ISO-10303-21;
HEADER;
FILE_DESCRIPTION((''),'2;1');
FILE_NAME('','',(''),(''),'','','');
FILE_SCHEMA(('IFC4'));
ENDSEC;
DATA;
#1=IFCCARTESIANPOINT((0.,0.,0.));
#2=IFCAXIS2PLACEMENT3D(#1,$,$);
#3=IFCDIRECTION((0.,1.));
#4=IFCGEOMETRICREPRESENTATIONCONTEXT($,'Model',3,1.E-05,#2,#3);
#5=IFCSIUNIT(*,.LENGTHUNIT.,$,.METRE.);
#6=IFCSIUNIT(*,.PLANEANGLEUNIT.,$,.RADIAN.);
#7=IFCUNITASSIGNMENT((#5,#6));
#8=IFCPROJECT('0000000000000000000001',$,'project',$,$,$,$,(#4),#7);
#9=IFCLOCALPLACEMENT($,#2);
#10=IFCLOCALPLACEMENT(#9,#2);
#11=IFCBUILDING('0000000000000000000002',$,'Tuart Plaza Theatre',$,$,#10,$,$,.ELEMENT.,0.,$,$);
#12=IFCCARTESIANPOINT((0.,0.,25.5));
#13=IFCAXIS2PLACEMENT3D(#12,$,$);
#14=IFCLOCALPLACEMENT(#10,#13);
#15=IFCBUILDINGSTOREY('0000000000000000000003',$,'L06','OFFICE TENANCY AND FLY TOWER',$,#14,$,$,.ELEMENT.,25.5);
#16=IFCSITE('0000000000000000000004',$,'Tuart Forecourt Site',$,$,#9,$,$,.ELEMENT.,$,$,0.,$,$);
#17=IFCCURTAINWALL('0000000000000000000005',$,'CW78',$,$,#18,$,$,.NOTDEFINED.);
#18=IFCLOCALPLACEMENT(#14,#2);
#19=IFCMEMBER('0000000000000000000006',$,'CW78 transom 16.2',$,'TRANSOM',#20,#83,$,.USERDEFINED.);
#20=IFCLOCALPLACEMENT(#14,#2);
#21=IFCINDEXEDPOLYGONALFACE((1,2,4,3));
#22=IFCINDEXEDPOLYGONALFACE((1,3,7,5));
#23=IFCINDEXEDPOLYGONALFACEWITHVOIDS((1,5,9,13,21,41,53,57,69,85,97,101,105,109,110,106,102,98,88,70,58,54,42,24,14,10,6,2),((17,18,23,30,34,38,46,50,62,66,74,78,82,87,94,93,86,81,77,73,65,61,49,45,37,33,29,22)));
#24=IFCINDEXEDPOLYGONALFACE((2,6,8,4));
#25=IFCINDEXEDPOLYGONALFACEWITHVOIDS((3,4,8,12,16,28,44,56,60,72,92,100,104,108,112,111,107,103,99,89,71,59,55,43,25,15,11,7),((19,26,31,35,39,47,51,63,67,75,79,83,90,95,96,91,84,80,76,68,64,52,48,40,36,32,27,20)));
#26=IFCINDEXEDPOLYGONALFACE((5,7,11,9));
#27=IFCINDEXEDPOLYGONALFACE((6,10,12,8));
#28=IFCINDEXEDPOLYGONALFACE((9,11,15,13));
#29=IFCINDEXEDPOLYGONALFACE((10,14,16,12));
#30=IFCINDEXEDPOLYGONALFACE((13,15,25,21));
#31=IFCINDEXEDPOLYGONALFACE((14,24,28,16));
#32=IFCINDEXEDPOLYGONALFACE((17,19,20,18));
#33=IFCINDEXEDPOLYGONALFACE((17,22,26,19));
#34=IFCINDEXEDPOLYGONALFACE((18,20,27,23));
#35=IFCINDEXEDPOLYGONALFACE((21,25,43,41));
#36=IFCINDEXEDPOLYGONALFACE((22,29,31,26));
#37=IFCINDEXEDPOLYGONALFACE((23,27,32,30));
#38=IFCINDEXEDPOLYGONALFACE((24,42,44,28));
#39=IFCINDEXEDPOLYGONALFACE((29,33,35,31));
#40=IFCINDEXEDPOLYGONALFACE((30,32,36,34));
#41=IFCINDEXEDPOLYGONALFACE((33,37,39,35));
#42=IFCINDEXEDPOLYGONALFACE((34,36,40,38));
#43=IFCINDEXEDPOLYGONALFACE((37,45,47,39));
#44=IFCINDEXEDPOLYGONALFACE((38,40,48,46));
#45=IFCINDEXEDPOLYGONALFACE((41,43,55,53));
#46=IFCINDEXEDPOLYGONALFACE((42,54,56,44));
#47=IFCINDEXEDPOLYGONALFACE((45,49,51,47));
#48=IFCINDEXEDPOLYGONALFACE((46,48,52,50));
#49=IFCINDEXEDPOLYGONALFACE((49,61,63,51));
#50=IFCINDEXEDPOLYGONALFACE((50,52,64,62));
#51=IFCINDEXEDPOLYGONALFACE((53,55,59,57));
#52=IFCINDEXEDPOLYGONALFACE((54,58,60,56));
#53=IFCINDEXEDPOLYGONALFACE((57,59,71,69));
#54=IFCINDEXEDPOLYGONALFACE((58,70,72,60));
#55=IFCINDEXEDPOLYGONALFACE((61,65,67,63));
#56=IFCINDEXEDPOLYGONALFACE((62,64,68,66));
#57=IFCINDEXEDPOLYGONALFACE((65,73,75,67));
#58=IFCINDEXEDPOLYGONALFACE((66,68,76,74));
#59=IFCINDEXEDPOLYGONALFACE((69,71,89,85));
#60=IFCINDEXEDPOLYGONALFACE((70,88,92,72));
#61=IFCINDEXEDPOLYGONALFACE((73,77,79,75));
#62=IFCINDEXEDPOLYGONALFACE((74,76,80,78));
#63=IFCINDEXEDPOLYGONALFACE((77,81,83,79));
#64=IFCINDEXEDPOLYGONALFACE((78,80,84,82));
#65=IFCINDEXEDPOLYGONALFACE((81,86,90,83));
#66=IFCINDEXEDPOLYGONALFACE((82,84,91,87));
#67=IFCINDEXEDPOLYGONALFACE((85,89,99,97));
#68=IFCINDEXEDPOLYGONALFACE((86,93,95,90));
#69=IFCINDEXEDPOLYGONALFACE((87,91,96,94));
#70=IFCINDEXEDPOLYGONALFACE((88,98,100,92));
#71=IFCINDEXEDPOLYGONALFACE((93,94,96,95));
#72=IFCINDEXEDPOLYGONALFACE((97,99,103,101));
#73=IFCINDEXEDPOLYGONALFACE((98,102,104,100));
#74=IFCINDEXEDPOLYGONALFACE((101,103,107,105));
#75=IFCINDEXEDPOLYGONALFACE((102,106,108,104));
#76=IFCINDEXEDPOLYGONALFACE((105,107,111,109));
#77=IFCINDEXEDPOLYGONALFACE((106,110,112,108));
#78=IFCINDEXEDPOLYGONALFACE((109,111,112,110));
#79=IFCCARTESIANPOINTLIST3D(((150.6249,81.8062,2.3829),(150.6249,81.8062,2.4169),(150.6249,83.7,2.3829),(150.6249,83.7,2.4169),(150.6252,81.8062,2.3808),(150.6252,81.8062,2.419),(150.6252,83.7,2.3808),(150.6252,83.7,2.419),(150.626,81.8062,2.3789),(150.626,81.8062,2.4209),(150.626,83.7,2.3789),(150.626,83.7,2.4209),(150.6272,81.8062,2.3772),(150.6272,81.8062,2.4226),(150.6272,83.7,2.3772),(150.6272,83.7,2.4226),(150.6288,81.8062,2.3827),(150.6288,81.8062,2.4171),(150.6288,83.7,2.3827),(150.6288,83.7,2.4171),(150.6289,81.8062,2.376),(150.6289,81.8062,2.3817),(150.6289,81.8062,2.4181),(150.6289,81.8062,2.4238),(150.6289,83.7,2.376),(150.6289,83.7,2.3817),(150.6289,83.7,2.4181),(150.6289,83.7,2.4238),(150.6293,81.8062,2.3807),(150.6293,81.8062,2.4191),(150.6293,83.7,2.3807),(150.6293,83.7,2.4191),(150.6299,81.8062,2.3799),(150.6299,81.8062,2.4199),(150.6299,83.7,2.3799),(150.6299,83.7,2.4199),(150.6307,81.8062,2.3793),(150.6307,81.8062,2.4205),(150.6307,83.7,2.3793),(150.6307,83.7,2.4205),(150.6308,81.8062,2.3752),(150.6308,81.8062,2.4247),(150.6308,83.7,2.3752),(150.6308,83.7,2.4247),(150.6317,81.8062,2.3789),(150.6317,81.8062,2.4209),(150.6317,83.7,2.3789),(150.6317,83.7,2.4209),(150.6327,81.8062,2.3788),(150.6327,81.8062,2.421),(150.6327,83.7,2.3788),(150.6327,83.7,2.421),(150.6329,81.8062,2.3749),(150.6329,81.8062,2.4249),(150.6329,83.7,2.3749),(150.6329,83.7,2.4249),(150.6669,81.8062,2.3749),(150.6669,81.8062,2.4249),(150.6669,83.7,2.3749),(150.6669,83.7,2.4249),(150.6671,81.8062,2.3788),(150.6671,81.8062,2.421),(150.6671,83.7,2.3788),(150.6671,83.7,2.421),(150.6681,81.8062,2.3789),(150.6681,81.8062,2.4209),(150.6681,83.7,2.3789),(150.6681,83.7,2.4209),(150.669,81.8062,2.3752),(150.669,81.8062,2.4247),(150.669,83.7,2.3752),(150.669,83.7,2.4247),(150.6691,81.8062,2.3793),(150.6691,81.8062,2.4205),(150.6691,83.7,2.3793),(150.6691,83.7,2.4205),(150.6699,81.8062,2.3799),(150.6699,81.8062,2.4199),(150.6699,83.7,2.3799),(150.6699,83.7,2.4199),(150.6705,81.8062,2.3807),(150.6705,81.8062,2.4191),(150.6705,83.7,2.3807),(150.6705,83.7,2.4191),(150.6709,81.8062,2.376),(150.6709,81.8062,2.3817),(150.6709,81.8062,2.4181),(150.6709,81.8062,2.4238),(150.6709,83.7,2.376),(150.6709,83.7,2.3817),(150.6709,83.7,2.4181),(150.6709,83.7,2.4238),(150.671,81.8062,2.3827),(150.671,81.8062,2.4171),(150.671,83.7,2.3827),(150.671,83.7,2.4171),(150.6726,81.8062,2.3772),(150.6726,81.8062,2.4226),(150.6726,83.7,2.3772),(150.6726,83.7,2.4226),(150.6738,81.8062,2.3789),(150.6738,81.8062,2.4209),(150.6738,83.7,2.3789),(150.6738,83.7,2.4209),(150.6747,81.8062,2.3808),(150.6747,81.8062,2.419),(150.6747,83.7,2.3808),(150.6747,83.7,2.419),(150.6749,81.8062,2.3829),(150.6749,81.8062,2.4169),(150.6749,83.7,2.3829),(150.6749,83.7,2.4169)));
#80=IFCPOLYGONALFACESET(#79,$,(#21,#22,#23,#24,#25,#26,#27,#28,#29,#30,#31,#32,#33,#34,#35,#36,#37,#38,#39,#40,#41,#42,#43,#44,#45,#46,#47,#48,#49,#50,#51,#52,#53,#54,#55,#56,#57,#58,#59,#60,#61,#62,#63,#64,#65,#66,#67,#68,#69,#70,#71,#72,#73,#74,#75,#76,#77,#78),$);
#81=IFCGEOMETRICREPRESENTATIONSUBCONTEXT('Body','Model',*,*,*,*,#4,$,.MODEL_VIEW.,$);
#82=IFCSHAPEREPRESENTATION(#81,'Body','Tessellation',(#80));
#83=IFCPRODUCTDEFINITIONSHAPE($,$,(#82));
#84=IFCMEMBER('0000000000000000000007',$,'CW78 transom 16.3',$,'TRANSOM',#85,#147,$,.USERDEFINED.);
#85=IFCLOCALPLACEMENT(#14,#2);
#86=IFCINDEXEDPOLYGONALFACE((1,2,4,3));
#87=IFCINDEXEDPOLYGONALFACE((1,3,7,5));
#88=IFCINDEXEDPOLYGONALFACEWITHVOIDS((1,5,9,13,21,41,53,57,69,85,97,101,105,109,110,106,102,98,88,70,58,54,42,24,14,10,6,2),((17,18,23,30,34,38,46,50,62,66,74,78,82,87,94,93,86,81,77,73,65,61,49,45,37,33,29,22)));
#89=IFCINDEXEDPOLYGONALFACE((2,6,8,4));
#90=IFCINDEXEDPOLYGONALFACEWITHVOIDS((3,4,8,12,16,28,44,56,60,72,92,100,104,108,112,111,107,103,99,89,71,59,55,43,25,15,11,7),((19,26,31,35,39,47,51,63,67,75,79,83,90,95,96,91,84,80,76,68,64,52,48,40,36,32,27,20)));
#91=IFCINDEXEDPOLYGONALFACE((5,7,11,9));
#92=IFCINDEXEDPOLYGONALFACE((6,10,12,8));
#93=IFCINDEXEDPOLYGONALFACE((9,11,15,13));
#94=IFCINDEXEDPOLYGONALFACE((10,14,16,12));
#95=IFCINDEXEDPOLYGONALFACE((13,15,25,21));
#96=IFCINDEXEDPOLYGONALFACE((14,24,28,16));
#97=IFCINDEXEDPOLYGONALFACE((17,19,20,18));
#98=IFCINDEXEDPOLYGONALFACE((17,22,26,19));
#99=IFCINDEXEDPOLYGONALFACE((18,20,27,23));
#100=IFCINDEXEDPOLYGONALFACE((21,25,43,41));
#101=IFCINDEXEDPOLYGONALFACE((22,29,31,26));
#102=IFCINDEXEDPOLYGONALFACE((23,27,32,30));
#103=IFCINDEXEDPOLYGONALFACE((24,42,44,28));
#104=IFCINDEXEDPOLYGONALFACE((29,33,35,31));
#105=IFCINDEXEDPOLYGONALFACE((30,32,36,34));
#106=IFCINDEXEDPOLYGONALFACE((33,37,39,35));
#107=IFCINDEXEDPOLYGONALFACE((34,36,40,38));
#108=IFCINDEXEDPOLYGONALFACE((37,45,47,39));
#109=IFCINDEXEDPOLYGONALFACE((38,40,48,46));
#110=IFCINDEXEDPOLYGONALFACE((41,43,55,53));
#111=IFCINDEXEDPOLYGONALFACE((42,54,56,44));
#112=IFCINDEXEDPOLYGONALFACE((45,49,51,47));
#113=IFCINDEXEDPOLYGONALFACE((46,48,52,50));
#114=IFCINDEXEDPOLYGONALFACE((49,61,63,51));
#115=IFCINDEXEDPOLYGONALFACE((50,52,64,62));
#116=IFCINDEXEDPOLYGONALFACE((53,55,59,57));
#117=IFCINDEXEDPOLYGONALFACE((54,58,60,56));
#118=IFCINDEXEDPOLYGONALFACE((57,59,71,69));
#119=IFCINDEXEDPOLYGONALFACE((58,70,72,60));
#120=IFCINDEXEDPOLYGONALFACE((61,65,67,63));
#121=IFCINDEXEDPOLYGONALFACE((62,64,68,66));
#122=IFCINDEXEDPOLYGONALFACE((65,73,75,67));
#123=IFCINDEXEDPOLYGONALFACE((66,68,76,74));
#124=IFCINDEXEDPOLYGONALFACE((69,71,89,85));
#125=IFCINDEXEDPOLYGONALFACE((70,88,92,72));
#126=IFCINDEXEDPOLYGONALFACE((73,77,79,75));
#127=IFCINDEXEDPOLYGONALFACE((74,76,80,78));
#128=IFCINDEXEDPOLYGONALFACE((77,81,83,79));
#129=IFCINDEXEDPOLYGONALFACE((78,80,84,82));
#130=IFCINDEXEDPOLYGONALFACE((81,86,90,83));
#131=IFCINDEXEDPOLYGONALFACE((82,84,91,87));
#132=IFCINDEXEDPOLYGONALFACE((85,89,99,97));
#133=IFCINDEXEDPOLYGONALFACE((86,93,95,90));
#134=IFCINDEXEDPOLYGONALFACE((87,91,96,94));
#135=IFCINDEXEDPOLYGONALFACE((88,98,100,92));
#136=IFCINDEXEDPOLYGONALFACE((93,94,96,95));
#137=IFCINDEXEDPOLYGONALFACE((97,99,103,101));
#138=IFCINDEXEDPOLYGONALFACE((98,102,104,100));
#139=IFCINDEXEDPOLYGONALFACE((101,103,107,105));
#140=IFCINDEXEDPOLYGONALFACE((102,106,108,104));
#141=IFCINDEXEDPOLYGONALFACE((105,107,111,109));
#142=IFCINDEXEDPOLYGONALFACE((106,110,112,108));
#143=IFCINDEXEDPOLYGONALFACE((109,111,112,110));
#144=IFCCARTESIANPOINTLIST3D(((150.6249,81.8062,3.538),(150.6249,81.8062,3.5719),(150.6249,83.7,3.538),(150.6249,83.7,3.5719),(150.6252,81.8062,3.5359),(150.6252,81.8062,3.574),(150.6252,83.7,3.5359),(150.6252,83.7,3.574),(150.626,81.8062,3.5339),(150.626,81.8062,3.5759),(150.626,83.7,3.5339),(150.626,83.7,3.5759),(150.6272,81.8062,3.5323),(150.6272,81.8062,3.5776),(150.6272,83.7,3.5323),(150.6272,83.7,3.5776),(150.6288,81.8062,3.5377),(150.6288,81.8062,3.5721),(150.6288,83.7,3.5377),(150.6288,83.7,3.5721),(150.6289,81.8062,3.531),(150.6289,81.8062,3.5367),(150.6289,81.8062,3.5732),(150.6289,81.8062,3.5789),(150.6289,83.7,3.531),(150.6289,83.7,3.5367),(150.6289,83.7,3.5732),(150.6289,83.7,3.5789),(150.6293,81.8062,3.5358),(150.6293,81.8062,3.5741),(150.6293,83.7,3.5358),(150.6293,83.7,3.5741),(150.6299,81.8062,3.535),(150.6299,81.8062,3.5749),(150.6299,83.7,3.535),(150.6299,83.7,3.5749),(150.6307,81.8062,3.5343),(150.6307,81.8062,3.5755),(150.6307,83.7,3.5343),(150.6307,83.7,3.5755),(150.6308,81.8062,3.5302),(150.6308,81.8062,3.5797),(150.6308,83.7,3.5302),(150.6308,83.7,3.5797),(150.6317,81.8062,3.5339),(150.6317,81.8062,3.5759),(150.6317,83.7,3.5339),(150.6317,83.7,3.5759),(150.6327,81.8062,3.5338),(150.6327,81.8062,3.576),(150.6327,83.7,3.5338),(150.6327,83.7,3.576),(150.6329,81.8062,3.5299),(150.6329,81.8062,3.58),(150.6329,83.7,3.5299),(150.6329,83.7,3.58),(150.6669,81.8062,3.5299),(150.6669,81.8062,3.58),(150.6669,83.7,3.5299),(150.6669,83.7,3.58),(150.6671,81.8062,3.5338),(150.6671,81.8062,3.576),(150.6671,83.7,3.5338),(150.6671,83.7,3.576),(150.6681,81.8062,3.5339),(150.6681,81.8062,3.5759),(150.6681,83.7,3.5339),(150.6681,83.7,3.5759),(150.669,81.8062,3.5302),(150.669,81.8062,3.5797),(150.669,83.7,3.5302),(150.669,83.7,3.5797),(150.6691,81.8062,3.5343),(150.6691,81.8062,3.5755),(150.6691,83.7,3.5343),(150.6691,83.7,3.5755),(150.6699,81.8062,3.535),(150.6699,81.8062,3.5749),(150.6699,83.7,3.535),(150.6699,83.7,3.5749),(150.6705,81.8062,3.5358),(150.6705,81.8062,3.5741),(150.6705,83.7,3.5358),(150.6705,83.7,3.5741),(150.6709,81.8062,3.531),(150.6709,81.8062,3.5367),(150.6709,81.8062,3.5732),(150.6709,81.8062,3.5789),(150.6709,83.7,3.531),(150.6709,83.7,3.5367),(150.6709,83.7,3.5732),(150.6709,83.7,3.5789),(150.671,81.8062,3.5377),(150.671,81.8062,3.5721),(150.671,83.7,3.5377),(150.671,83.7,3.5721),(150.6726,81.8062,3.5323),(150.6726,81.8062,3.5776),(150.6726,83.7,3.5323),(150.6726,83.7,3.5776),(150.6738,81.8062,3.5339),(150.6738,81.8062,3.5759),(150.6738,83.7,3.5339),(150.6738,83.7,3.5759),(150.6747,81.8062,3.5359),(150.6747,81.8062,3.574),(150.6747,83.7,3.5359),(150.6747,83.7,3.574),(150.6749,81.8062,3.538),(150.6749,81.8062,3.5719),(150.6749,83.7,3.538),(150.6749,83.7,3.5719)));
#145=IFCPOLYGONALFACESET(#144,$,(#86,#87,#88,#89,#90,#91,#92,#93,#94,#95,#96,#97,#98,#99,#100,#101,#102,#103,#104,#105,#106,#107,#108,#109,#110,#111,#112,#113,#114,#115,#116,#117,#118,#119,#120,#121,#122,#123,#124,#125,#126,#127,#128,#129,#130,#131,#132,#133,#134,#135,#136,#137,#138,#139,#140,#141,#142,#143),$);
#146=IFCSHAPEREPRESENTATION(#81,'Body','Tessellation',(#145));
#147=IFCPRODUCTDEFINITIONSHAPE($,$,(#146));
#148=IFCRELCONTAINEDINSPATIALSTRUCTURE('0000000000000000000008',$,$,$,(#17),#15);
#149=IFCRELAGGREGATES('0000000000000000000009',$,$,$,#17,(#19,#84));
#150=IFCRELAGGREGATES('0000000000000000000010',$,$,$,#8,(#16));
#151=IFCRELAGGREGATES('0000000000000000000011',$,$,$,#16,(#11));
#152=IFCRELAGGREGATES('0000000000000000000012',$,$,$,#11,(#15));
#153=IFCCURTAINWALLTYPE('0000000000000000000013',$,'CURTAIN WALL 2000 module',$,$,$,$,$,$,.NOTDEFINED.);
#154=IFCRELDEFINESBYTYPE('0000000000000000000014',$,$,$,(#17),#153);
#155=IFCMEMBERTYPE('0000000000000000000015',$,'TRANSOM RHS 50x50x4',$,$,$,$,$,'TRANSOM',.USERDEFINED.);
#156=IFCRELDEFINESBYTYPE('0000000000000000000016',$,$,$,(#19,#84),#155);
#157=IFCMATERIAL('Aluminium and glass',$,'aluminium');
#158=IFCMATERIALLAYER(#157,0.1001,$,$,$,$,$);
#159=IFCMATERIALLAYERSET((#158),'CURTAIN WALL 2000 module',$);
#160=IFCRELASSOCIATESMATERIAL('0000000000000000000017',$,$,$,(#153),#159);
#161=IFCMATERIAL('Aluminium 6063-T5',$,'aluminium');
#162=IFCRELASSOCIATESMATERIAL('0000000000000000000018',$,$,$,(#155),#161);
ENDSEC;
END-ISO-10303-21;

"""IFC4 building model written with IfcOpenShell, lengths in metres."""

from ifc_helpers import new_model, si_unit, direction, frame, origin, origin_2d, place, context, subcontext, project, spatial, hollow_rectangle, extrude, material, layer, layer_set, material_profile, profile_set, type_object, element, aggregate, save


model = new_model("IFC4")

# Units and contexts
model_context = context("Model", 3, precision=1e-05, world=origin(), true_north=direction((0.0, 1.0)))
body_context = subcontext(model_context, "Body", "Model", "MODEL_VIEW")
ifc_project = project(units=[si_unit("LENGTHUNIT", "METRE"), si_unit("PLANEANGLEUNIT", "RADIAN")], contexts=[model_context])

# Site, building, storey
site_placement = place(None, origin())
site = spatial("IfcSite", under=ifc_project, at=site_placement, Name="Tuart Forecourt Site", CompositionType="ELEMENT", RefElevation=0.0)
building_placement = place(site_placement, origin())
building = spatial("IfcBuilding", under=site, at=building_placement, Name="Tuart Plaza Theatre", CompositionType="ELEMENT", ElevationOfRefHeight=0.0)
storey_placement = place(building_placement, frame((0.0, 0.0, 25.5)))
storey = spatial("IfcBuildingStorey", under=building, at=storey_placement, Name="L06", Description="OFFICE TENANCY AND FLY TOWER", CompositionType="ELEMENT", Elevation=25.5)

# Curtain wall
ifc_material_1 = material(Name="Aluminium and glass", Category="aluminium")
ifc_layer_1 = layer(ifc_material_1, 0.1001)
ifc_layer_set_1 = layer_set([ifc_layer_1], Name="CURTAIN WALL 2000 module")
curtain_wall_type = type_object("IfcCurtainWallType", Name="CURTAIN WALL 2000 module", PredefinedType="NOTDEFINED", material=ifc_layer_set_1)
curtain_wall_1_placement = place(storey_placement, origin())
curtain_wall_1 = element("IfcCurtainWall", 1, at=curtain_wall_1_placement, inside=storey, type_object=curtain_wall_type, Name="CW78", PredefinedType="NOTDEFINED")

# Members
ifc_material_2 = material(Name="Aluminium 6063-T5", Category="aluminium")
ifc_material_profile_1 = material_profile(ifc_material_2, hollow_rectangle(XDim=0.05, YDim=0.05, WallThickness=0.0039, InnerFilletRadius=0.0039, OuterFilletRadius=0.0081, at=origin_2d()), Name="RHS 50x50x4")
ifc_profile_set_1 = profile_set([ifc_material_profile_1], Name="Aluminium 6063-T5")
member_type_1 = type_object("IfcMemberType", Name="TRANSOM RHS 50x50x4", ElementType="TRANSOM", PredefinedType="USERDEFINED", material=ifc_profile_set_1)
member_1_placement = place(storey_placement, frame((150.6499, 81.8062, 2.3999), z_axis=(0.0, 1.0, 0.0), x_axis=(-1.0, 0.0, 0.0)))
member_1 = element("IfcMember", 2, at=member_1_placement, type_object=member_type_1, Name="CW78 transom 16.2", ObjectType="TRANSOM", PredefinedType="USERDEFINED", context=body_context, shape_type="SweptSolid", body=[
    extrude(hollow_rectangle(XDim=0.05, YDim=0.05, WallThickness=0.0039, InnerFilletRadius=0.0039, OuterFilletRadius=0.0081, at=origin_2d()), origin(), (0.0, 0.0, 1.0), 1.8938),
])
member_2_placement = place(storey_placement, frame((150.6499, 81.8062, 3.5549), z_axis=(0.0, 1.0, 0.0), x_axis=(-1.0, 0.0, 0.0)))
member_2 = element("IfcMember", 3, at=member_2_placement, type_object=member_type_1, Name="CW78 transom 16.3", ObjectType="TRANSOM", PredefinedType="USERDEFINED", context=body_context, shape_type="SweptSolid", body=[
    extrude(hollow_rectangle(XDim=0.05, YDim=0.05, WallThickness=0.0039, InnerFilletRadius=0.0039, OuterFilletRadius=0.0081, at=origin_2d()), origin(), (0.0, 0.0, 1.0), 1.8938),
])

aggregate(curtain_wall_1, [member_1, member_2])

save(model, "model.ifc")
